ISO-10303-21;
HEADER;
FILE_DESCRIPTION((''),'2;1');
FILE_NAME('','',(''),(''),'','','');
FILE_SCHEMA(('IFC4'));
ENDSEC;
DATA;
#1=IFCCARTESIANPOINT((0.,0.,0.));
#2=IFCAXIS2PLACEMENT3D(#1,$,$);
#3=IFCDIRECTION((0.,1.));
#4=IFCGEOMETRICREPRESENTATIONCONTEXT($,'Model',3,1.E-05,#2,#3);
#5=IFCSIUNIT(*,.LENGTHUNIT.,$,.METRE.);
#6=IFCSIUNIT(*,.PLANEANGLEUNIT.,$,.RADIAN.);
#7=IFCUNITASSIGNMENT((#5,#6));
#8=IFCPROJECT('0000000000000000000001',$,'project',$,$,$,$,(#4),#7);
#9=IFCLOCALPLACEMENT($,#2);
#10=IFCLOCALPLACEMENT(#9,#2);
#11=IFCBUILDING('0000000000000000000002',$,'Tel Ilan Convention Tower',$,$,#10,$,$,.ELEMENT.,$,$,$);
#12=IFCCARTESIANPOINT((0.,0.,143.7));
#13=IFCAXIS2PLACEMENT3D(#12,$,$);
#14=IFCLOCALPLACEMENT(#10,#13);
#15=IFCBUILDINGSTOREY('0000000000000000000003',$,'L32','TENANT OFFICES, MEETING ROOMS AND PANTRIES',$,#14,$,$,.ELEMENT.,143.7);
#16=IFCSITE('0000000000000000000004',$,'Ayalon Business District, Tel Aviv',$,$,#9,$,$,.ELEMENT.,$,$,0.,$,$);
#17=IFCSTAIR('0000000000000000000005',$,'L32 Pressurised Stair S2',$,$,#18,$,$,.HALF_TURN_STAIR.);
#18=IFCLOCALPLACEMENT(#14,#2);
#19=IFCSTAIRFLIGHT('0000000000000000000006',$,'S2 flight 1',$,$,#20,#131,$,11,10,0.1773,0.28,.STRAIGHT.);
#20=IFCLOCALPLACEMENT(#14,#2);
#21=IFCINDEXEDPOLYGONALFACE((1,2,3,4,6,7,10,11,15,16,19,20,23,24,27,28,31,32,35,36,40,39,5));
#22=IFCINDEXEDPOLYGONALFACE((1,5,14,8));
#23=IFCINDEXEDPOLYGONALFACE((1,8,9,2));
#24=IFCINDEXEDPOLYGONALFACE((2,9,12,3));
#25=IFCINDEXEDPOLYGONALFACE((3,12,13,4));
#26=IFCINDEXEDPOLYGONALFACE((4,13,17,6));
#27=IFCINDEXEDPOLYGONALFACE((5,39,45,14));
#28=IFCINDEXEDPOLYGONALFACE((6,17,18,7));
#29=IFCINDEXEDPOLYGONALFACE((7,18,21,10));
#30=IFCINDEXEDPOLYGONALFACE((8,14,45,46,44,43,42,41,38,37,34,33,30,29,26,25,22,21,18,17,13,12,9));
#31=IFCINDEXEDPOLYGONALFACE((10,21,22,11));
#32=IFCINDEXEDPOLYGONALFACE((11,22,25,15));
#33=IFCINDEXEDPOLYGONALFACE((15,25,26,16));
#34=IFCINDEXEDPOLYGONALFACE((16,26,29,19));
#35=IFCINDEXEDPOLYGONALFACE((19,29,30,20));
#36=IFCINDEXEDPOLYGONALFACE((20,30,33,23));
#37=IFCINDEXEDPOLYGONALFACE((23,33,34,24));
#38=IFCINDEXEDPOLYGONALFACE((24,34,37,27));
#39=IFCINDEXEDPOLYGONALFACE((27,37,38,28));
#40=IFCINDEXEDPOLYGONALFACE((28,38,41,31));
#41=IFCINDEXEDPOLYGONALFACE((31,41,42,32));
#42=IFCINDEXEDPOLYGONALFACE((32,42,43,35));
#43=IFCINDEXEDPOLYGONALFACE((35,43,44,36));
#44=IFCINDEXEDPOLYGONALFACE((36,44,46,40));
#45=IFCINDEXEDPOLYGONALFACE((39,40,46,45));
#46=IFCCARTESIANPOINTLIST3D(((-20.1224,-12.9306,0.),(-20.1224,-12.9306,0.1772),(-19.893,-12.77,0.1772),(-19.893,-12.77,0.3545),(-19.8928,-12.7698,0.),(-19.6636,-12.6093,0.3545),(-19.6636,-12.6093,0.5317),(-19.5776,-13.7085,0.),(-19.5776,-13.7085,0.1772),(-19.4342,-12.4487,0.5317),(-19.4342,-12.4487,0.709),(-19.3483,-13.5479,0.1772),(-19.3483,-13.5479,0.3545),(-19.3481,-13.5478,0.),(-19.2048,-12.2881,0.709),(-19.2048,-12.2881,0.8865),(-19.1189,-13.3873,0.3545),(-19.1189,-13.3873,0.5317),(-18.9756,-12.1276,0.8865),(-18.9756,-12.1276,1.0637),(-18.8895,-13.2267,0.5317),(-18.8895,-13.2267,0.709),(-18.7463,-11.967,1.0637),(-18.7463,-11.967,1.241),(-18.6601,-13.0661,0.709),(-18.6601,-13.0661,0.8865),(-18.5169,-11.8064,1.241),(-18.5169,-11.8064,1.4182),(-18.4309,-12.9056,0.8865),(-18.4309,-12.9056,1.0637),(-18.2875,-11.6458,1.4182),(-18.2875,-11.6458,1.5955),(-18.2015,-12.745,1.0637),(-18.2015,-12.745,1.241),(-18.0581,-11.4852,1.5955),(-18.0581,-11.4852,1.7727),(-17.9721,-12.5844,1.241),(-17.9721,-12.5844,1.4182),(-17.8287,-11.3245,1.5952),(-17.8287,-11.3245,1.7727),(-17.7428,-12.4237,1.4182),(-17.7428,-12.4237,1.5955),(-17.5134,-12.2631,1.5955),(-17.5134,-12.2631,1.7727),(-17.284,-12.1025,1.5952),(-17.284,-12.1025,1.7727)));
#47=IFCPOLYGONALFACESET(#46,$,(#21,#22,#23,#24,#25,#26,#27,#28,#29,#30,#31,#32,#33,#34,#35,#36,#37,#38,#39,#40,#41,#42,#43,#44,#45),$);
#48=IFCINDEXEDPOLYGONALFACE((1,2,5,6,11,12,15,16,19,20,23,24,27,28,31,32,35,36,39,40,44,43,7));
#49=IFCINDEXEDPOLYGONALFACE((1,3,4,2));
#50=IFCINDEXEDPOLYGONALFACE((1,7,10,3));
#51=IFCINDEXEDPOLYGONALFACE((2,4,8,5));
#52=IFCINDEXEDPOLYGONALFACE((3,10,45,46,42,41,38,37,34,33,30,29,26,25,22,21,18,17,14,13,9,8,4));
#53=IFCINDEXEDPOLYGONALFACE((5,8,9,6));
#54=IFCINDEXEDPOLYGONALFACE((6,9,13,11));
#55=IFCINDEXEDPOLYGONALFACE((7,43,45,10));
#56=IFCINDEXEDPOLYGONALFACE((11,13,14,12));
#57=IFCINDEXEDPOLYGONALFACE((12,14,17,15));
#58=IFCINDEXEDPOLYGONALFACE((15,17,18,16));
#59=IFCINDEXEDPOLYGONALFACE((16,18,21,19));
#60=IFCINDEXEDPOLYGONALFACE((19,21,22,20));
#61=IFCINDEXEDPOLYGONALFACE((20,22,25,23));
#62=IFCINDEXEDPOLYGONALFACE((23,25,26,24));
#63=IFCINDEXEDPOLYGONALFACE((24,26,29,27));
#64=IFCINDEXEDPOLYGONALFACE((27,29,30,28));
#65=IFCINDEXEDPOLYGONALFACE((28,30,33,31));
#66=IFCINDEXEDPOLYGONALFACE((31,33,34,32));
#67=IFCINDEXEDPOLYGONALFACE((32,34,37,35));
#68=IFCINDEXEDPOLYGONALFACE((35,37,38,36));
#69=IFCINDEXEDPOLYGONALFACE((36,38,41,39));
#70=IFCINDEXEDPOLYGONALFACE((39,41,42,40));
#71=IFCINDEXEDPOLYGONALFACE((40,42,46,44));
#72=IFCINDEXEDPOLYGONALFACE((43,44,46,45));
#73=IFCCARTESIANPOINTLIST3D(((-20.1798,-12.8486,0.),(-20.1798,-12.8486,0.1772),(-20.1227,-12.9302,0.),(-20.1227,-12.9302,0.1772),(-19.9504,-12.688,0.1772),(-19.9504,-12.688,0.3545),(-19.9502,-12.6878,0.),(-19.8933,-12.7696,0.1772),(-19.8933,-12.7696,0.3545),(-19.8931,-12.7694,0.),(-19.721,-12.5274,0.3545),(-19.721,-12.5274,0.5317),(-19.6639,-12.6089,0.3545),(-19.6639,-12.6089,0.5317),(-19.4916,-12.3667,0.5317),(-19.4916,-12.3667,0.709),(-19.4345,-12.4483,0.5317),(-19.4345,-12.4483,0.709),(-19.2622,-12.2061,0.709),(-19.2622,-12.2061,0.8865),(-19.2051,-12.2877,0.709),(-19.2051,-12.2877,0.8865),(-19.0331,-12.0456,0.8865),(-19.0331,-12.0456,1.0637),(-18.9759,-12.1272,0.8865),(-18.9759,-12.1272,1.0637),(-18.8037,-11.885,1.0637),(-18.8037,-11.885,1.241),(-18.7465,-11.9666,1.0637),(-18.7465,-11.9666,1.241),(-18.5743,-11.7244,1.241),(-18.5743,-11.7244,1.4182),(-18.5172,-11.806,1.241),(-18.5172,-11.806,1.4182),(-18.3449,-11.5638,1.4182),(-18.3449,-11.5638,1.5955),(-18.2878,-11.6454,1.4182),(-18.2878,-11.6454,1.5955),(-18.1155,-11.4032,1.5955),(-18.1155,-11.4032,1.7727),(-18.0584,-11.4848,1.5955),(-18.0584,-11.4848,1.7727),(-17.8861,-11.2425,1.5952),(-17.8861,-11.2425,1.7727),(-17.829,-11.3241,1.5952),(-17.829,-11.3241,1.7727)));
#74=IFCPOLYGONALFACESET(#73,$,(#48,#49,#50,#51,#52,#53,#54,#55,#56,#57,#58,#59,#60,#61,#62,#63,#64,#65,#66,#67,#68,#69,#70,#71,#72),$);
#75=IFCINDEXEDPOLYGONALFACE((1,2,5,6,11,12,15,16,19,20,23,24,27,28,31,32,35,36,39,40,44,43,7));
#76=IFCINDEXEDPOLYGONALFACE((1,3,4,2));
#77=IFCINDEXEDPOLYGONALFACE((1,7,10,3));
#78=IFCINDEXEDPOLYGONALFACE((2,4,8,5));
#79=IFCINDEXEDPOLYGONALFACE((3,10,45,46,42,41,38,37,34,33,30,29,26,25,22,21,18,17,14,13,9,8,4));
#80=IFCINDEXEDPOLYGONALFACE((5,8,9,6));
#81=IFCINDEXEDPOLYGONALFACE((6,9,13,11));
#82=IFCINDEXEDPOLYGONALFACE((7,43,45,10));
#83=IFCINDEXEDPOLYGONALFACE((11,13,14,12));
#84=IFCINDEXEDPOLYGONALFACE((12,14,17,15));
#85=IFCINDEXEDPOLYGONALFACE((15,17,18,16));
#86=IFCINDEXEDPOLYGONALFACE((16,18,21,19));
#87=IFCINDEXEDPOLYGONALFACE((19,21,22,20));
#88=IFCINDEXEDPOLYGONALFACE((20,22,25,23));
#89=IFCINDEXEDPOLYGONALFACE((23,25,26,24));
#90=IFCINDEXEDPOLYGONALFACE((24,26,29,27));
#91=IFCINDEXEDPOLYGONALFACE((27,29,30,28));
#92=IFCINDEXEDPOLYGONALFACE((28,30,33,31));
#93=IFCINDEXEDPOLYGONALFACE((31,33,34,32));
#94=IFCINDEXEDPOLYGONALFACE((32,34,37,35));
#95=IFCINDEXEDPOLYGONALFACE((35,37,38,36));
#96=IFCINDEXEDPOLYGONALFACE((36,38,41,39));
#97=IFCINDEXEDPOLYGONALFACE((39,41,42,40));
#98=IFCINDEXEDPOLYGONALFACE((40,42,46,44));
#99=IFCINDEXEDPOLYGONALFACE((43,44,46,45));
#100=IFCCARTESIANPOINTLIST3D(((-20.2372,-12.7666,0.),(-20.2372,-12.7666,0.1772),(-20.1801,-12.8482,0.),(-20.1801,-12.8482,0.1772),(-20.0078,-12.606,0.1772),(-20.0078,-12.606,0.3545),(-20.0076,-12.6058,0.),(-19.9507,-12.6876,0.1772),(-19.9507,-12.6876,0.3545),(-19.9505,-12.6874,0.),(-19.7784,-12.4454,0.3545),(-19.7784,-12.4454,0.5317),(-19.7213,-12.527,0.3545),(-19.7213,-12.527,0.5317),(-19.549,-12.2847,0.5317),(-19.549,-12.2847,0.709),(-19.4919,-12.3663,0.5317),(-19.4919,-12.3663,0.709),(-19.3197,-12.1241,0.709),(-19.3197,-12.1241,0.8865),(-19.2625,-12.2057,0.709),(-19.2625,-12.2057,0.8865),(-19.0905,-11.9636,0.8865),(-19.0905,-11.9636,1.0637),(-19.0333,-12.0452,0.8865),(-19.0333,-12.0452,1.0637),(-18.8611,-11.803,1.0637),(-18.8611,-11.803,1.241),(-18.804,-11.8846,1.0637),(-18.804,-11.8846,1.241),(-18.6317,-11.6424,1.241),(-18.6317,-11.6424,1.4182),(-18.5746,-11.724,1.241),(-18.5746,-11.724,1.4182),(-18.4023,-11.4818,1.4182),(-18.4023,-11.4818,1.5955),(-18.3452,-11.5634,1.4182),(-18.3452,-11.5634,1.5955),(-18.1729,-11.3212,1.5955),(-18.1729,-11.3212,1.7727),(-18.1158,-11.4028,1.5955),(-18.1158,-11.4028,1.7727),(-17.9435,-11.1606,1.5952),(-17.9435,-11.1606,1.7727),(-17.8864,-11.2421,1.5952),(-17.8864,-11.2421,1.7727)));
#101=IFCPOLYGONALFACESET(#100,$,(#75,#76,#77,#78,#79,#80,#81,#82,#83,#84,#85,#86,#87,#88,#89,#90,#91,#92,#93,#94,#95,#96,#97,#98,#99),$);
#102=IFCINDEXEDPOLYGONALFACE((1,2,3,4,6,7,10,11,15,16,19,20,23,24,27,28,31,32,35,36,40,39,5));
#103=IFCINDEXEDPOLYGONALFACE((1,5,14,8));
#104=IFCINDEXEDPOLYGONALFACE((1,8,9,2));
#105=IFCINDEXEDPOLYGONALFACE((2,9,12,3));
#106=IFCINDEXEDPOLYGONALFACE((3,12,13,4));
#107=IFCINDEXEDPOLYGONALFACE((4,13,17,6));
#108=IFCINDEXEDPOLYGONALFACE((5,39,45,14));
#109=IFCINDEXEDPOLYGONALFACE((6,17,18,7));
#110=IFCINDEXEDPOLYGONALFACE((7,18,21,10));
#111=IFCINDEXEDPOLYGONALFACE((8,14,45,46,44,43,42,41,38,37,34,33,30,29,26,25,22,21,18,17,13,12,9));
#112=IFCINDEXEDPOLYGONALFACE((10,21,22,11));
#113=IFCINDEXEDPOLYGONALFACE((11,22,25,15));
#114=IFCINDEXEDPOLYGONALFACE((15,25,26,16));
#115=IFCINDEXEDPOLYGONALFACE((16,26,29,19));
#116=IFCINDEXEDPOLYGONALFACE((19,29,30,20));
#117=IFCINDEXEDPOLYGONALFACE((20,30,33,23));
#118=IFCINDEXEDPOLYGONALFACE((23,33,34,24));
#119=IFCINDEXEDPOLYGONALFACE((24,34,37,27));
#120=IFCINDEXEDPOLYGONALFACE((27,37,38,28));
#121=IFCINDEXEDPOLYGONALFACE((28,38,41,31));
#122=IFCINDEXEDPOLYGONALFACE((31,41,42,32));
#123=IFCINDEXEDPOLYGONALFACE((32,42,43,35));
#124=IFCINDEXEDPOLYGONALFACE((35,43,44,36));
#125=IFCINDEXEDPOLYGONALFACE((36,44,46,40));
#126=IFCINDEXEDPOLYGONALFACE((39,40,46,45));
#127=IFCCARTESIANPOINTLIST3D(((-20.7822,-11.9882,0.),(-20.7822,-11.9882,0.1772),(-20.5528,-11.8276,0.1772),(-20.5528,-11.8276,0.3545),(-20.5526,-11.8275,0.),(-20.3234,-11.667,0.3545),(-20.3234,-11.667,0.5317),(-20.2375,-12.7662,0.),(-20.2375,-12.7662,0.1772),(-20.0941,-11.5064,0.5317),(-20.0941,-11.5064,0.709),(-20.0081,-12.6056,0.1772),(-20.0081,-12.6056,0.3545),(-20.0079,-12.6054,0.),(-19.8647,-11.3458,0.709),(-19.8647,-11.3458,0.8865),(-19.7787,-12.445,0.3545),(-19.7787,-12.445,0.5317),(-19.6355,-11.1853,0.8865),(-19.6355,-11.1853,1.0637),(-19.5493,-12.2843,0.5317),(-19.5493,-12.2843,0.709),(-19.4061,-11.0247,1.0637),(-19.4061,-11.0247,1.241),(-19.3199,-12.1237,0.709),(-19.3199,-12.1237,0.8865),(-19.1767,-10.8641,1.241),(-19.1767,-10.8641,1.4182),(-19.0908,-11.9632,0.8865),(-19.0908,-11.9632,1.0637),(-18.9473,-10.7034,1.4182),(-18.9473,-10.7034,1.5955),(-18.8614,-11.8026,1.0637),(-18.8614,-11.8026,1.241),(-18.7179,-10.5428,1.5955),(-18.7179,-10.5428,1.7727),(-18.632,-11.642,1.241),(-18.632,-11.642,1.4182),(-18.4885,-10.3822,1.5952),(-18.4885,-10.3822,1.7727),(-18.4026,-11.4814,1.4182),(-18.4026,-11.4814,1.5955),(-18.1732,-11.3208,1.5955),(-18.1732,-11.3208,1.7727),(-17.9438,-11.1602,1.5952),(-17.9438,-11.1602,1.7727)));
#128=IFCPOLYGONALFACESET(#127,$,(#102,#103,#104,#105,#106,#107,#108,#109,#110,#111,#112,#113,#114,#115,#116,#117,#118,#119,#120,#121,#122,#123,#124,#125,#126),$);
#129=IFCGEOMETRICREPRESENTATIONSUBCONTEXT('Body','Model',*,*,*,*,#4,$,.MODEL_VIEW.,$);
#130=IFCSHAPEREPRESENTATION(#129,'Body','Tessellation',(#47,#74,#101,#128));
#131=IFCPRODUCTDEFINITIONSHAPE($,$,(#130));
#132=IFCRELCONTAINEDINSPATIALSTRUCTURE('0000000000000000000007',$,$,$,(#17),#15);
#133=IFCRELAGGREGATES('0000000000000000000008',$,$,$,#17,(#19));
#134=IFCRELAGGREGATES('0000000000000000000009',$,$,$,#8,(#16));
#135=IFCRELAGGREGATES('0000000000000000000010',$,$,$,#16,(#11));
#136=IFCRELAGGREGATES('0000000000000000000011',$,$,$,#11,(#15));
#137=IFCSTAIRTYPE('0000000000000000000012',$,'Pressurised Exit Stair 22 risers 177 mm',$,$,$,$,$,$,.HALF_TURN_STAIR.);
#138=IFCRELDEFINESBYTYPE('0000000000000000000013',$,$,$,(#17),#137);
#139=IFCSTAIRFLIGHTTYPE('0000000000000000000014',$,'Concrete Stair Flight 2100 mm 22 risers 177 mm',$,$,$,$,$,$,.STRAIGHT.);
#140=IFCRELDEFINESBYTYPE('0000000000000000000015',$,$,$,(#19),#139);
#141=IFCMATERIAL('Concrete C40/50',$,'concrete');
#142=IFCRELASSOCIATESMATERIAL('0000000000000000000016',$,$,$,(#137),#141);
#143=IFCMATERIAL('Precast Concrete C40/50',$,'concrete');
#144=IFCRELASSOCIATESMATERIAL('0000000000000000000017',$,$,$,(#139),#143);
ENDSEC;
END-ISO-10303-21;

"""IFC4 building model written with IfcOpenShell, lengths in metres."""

from ifc_helpers import new_model, si_unit, direction, frame, origin, place, context, subcontext, project, spatial, polyline, outline, extrude, material, type_object, element, aggregate, save


model = new_model("IFC4")

# Units and contexts
model_context = context("Model", 3, precision=1e-05, world=origin(), true_north=direction((0.0, 1.0)))
body_context = subcontext(model_context, "Body", "Model", "MODEL_VIEW")
ifc_project = project(units=[si_unit("LENGTHUNIT", "METRE"), si_unit("PLANEANGLEUNIT", "RADIAN")], contexts=[model_context])

# Site, building, storey
site_placement = place(None, origin())
site = spatial("IfcSite", under=ifc_project, at=site_placement, Name="Ayalon Business District, Tel Aviv", CompositionType="ELEMENT", RefElevation=0.0)
building_placement = place(site_placement, origin())
building = spatial("IfcBuilding", under=site, at=building_placement, Name="Tel Ilan Convention Tower", CompositionType="ELEMENT")
storey_placement = place(building_placement, frame((0.0, 0.0, 143.7)))
storey = spatial("IfcBuildingStorey", under=building, at=storey_placement, Name="L32", Description="TENANT OFFICES, MEETING ROOMS AND PANTRIES", CompositionType="ELEMENT", Elevation=143.7)

# Stair, stair flight
ifc_material_1 = material(Name="Concrete C40/50", Category="concrete")
stair_type = type_object("IfcStairType", Name="Pressurised Exit Stair 22 risers 177 mm", PredefinedType="HALF_TURN_STAIR", material=ifc_material_1)
ifc_material_2 = material(Name="Precast Concrete C40/50", Category="concrete")
stair_flight_type = type_object("IfcStairFlightType", Name="Concrete Stair Flight 2100 mm 22 risers 177 mm", PredefinedType="STRAIGHT", material=ifc_material_2)
stair_1_placement = place(storey_placement, origin())
stair_1 = element("IfcStair", 1, at=stair_1_placement, inside=storey, type_object=stair_type, Name="L32 Pressurised Stair S2", PredefinedType="HALF_TURN_STAIR")
stair_flight_1_placement = place(storey_placement, frame((-20.1799, -12.8484, 0.0), z_axis=(0.0, 0.0, 1.0), x_axis=(0.819152, 0.573576, 0.0)))
stair_flight_1 = element("IfcStairFlight", 2, at=stair_flight_1_placement, type_object=stair_flight_type, Name="S2 flight 1", NumberOfRisers=11, NumberOfTreads=10, PredefinedType="STRAIGHT", RiserHeight=0.1773, TreadLength=0.28, context=body_context, shape_type="SweptSolid", body=[
    extrude(outline(polyline([(0.0, 0.0), (0.0, 0.1772), (0.28, 0.1772), (0.28, 0.3545), (0.5601, 0.3545), (0.5601, 0.5317), (0.8401, 0.5317), (0.8401, 0.709), (1.1201, 0.709), (1.1201, 0.8865), (1.3999, 0.8865), (1.3999, 1.0637), (1.6799, 1.0637), (1.6799, 1.241), (1.96, 1.241), (1.96, 1.4182), (2.24, 1.4182), (2.24, 1.5955), (2.52, 1.5955), (2.52, 1.7727), (2.8, 1.7727), (2.8, 1.95), (2.8, 1.5952), (0.2803, 0.0), (0.0, 0.0)])), frame((0.0, -0.1003, 0.0), z_axis=(0.0, -1.0, 0.0), x_axis=(1.0, 0.0, 0.0)), (0.0, 0.0, 1.0), 0.9497),
    extrude(outline(polyline([(0.0, 0.0), (0.0, 0.1772), (0.28, 0.1772), (0.28, 0.3545), (0.5601, 0.3545), (0.5601, 0.5317), (0.8401, 0.5317), (0.8401, 0.709), (1.1201, 0.709), (1.1201, 0.8865), (1.3999, 0.8865), (1.3999, 1.0637), (1.6799, 1.0637), (1.6799, 1.241), (1.96, 1.241), (1.96, 1.4182), (2.24, 1.4182), (2.24, 1.5955), (2.52, 1.5955), (2.52, 1.7727), (2.8, 1.7727), (2.8, 1.95), (2.8, 1.5952), (0.2803, 0.0), (0.0, 0.0)])), frame((0.0, -0.0002, 0.0), z_axis=(0.0, -1.0, 0.0), x_axis=(1.0, 0.0, 0.0)), (0.0, 0.0, 1.0), 0.0996),
    extrude(outline(polyline([(0.0, 0.0), (0.0, 0.1772), (0.28, 0.1772), (0.28, 0.3545), (0.5601, 0.3545), (0.5601, 0.5317), (0.8401, 0.5317), (0.8401, 0.709), (1.1201, 0.709), (1.1201, 0.8865), (1.3999, 0.8865), (1.3999, 1.0637), (1.6799, 1.0637), (1.6799, 1.241), (1.96, 1.241), (1.96, 1.4182), (2.24, 1.4182), (2.24, 1.5955), (2.52, 1.5955), (2.52, 1.7727), (2.8, 1.7727), (2.8, 1.95), (2.8, 1.5952), (0.2803, 0.0), (0.0, 0.0)])), frame((0.0, 0.0999, 0.0), z_axis=(0.0, -1.0, 0.0), x_axis=(1.0, 0.0, 0.0)), (0.0, 0.0, 1.0), 0.0996),
    extrude(outline(polyline([(0.0, 0.0), (0.0, 0.1772), (0.28, 0.1772), (0.28, 0.3545), (0.5601, 0.3545), (0.5601, 0.5317), (0.8401, 0.5317), (0.8401, 0.709), (1.1201, 0.709), (1.1201, 0.8865), (1.3999, 0.8865), (1.3999, 1.0637), (1.6799, 1.0637), (1.6799, 1.241), (1.96, 1.241), (1.96, 1.4182), (2.24, 1.4182), (2.24, 1.5955), (2.52, 1.5955), (2.52, 1.7727), (2.8, 1.7727), (2.8, 1.95), (2.8, 1.5952), (0.2803, 0.0), (0.0, 0.0)])), frame((0.0, 1.05, 0.0), z_axis=(0.0, -1.0, 0.0), x_axis=(1.0, 0.0, 0.0)), (0.0, 0.0, 1.0), 0.9497),
])
aggregate(stair_1, [stair_flight_1])

save(model, "model.ifc")
